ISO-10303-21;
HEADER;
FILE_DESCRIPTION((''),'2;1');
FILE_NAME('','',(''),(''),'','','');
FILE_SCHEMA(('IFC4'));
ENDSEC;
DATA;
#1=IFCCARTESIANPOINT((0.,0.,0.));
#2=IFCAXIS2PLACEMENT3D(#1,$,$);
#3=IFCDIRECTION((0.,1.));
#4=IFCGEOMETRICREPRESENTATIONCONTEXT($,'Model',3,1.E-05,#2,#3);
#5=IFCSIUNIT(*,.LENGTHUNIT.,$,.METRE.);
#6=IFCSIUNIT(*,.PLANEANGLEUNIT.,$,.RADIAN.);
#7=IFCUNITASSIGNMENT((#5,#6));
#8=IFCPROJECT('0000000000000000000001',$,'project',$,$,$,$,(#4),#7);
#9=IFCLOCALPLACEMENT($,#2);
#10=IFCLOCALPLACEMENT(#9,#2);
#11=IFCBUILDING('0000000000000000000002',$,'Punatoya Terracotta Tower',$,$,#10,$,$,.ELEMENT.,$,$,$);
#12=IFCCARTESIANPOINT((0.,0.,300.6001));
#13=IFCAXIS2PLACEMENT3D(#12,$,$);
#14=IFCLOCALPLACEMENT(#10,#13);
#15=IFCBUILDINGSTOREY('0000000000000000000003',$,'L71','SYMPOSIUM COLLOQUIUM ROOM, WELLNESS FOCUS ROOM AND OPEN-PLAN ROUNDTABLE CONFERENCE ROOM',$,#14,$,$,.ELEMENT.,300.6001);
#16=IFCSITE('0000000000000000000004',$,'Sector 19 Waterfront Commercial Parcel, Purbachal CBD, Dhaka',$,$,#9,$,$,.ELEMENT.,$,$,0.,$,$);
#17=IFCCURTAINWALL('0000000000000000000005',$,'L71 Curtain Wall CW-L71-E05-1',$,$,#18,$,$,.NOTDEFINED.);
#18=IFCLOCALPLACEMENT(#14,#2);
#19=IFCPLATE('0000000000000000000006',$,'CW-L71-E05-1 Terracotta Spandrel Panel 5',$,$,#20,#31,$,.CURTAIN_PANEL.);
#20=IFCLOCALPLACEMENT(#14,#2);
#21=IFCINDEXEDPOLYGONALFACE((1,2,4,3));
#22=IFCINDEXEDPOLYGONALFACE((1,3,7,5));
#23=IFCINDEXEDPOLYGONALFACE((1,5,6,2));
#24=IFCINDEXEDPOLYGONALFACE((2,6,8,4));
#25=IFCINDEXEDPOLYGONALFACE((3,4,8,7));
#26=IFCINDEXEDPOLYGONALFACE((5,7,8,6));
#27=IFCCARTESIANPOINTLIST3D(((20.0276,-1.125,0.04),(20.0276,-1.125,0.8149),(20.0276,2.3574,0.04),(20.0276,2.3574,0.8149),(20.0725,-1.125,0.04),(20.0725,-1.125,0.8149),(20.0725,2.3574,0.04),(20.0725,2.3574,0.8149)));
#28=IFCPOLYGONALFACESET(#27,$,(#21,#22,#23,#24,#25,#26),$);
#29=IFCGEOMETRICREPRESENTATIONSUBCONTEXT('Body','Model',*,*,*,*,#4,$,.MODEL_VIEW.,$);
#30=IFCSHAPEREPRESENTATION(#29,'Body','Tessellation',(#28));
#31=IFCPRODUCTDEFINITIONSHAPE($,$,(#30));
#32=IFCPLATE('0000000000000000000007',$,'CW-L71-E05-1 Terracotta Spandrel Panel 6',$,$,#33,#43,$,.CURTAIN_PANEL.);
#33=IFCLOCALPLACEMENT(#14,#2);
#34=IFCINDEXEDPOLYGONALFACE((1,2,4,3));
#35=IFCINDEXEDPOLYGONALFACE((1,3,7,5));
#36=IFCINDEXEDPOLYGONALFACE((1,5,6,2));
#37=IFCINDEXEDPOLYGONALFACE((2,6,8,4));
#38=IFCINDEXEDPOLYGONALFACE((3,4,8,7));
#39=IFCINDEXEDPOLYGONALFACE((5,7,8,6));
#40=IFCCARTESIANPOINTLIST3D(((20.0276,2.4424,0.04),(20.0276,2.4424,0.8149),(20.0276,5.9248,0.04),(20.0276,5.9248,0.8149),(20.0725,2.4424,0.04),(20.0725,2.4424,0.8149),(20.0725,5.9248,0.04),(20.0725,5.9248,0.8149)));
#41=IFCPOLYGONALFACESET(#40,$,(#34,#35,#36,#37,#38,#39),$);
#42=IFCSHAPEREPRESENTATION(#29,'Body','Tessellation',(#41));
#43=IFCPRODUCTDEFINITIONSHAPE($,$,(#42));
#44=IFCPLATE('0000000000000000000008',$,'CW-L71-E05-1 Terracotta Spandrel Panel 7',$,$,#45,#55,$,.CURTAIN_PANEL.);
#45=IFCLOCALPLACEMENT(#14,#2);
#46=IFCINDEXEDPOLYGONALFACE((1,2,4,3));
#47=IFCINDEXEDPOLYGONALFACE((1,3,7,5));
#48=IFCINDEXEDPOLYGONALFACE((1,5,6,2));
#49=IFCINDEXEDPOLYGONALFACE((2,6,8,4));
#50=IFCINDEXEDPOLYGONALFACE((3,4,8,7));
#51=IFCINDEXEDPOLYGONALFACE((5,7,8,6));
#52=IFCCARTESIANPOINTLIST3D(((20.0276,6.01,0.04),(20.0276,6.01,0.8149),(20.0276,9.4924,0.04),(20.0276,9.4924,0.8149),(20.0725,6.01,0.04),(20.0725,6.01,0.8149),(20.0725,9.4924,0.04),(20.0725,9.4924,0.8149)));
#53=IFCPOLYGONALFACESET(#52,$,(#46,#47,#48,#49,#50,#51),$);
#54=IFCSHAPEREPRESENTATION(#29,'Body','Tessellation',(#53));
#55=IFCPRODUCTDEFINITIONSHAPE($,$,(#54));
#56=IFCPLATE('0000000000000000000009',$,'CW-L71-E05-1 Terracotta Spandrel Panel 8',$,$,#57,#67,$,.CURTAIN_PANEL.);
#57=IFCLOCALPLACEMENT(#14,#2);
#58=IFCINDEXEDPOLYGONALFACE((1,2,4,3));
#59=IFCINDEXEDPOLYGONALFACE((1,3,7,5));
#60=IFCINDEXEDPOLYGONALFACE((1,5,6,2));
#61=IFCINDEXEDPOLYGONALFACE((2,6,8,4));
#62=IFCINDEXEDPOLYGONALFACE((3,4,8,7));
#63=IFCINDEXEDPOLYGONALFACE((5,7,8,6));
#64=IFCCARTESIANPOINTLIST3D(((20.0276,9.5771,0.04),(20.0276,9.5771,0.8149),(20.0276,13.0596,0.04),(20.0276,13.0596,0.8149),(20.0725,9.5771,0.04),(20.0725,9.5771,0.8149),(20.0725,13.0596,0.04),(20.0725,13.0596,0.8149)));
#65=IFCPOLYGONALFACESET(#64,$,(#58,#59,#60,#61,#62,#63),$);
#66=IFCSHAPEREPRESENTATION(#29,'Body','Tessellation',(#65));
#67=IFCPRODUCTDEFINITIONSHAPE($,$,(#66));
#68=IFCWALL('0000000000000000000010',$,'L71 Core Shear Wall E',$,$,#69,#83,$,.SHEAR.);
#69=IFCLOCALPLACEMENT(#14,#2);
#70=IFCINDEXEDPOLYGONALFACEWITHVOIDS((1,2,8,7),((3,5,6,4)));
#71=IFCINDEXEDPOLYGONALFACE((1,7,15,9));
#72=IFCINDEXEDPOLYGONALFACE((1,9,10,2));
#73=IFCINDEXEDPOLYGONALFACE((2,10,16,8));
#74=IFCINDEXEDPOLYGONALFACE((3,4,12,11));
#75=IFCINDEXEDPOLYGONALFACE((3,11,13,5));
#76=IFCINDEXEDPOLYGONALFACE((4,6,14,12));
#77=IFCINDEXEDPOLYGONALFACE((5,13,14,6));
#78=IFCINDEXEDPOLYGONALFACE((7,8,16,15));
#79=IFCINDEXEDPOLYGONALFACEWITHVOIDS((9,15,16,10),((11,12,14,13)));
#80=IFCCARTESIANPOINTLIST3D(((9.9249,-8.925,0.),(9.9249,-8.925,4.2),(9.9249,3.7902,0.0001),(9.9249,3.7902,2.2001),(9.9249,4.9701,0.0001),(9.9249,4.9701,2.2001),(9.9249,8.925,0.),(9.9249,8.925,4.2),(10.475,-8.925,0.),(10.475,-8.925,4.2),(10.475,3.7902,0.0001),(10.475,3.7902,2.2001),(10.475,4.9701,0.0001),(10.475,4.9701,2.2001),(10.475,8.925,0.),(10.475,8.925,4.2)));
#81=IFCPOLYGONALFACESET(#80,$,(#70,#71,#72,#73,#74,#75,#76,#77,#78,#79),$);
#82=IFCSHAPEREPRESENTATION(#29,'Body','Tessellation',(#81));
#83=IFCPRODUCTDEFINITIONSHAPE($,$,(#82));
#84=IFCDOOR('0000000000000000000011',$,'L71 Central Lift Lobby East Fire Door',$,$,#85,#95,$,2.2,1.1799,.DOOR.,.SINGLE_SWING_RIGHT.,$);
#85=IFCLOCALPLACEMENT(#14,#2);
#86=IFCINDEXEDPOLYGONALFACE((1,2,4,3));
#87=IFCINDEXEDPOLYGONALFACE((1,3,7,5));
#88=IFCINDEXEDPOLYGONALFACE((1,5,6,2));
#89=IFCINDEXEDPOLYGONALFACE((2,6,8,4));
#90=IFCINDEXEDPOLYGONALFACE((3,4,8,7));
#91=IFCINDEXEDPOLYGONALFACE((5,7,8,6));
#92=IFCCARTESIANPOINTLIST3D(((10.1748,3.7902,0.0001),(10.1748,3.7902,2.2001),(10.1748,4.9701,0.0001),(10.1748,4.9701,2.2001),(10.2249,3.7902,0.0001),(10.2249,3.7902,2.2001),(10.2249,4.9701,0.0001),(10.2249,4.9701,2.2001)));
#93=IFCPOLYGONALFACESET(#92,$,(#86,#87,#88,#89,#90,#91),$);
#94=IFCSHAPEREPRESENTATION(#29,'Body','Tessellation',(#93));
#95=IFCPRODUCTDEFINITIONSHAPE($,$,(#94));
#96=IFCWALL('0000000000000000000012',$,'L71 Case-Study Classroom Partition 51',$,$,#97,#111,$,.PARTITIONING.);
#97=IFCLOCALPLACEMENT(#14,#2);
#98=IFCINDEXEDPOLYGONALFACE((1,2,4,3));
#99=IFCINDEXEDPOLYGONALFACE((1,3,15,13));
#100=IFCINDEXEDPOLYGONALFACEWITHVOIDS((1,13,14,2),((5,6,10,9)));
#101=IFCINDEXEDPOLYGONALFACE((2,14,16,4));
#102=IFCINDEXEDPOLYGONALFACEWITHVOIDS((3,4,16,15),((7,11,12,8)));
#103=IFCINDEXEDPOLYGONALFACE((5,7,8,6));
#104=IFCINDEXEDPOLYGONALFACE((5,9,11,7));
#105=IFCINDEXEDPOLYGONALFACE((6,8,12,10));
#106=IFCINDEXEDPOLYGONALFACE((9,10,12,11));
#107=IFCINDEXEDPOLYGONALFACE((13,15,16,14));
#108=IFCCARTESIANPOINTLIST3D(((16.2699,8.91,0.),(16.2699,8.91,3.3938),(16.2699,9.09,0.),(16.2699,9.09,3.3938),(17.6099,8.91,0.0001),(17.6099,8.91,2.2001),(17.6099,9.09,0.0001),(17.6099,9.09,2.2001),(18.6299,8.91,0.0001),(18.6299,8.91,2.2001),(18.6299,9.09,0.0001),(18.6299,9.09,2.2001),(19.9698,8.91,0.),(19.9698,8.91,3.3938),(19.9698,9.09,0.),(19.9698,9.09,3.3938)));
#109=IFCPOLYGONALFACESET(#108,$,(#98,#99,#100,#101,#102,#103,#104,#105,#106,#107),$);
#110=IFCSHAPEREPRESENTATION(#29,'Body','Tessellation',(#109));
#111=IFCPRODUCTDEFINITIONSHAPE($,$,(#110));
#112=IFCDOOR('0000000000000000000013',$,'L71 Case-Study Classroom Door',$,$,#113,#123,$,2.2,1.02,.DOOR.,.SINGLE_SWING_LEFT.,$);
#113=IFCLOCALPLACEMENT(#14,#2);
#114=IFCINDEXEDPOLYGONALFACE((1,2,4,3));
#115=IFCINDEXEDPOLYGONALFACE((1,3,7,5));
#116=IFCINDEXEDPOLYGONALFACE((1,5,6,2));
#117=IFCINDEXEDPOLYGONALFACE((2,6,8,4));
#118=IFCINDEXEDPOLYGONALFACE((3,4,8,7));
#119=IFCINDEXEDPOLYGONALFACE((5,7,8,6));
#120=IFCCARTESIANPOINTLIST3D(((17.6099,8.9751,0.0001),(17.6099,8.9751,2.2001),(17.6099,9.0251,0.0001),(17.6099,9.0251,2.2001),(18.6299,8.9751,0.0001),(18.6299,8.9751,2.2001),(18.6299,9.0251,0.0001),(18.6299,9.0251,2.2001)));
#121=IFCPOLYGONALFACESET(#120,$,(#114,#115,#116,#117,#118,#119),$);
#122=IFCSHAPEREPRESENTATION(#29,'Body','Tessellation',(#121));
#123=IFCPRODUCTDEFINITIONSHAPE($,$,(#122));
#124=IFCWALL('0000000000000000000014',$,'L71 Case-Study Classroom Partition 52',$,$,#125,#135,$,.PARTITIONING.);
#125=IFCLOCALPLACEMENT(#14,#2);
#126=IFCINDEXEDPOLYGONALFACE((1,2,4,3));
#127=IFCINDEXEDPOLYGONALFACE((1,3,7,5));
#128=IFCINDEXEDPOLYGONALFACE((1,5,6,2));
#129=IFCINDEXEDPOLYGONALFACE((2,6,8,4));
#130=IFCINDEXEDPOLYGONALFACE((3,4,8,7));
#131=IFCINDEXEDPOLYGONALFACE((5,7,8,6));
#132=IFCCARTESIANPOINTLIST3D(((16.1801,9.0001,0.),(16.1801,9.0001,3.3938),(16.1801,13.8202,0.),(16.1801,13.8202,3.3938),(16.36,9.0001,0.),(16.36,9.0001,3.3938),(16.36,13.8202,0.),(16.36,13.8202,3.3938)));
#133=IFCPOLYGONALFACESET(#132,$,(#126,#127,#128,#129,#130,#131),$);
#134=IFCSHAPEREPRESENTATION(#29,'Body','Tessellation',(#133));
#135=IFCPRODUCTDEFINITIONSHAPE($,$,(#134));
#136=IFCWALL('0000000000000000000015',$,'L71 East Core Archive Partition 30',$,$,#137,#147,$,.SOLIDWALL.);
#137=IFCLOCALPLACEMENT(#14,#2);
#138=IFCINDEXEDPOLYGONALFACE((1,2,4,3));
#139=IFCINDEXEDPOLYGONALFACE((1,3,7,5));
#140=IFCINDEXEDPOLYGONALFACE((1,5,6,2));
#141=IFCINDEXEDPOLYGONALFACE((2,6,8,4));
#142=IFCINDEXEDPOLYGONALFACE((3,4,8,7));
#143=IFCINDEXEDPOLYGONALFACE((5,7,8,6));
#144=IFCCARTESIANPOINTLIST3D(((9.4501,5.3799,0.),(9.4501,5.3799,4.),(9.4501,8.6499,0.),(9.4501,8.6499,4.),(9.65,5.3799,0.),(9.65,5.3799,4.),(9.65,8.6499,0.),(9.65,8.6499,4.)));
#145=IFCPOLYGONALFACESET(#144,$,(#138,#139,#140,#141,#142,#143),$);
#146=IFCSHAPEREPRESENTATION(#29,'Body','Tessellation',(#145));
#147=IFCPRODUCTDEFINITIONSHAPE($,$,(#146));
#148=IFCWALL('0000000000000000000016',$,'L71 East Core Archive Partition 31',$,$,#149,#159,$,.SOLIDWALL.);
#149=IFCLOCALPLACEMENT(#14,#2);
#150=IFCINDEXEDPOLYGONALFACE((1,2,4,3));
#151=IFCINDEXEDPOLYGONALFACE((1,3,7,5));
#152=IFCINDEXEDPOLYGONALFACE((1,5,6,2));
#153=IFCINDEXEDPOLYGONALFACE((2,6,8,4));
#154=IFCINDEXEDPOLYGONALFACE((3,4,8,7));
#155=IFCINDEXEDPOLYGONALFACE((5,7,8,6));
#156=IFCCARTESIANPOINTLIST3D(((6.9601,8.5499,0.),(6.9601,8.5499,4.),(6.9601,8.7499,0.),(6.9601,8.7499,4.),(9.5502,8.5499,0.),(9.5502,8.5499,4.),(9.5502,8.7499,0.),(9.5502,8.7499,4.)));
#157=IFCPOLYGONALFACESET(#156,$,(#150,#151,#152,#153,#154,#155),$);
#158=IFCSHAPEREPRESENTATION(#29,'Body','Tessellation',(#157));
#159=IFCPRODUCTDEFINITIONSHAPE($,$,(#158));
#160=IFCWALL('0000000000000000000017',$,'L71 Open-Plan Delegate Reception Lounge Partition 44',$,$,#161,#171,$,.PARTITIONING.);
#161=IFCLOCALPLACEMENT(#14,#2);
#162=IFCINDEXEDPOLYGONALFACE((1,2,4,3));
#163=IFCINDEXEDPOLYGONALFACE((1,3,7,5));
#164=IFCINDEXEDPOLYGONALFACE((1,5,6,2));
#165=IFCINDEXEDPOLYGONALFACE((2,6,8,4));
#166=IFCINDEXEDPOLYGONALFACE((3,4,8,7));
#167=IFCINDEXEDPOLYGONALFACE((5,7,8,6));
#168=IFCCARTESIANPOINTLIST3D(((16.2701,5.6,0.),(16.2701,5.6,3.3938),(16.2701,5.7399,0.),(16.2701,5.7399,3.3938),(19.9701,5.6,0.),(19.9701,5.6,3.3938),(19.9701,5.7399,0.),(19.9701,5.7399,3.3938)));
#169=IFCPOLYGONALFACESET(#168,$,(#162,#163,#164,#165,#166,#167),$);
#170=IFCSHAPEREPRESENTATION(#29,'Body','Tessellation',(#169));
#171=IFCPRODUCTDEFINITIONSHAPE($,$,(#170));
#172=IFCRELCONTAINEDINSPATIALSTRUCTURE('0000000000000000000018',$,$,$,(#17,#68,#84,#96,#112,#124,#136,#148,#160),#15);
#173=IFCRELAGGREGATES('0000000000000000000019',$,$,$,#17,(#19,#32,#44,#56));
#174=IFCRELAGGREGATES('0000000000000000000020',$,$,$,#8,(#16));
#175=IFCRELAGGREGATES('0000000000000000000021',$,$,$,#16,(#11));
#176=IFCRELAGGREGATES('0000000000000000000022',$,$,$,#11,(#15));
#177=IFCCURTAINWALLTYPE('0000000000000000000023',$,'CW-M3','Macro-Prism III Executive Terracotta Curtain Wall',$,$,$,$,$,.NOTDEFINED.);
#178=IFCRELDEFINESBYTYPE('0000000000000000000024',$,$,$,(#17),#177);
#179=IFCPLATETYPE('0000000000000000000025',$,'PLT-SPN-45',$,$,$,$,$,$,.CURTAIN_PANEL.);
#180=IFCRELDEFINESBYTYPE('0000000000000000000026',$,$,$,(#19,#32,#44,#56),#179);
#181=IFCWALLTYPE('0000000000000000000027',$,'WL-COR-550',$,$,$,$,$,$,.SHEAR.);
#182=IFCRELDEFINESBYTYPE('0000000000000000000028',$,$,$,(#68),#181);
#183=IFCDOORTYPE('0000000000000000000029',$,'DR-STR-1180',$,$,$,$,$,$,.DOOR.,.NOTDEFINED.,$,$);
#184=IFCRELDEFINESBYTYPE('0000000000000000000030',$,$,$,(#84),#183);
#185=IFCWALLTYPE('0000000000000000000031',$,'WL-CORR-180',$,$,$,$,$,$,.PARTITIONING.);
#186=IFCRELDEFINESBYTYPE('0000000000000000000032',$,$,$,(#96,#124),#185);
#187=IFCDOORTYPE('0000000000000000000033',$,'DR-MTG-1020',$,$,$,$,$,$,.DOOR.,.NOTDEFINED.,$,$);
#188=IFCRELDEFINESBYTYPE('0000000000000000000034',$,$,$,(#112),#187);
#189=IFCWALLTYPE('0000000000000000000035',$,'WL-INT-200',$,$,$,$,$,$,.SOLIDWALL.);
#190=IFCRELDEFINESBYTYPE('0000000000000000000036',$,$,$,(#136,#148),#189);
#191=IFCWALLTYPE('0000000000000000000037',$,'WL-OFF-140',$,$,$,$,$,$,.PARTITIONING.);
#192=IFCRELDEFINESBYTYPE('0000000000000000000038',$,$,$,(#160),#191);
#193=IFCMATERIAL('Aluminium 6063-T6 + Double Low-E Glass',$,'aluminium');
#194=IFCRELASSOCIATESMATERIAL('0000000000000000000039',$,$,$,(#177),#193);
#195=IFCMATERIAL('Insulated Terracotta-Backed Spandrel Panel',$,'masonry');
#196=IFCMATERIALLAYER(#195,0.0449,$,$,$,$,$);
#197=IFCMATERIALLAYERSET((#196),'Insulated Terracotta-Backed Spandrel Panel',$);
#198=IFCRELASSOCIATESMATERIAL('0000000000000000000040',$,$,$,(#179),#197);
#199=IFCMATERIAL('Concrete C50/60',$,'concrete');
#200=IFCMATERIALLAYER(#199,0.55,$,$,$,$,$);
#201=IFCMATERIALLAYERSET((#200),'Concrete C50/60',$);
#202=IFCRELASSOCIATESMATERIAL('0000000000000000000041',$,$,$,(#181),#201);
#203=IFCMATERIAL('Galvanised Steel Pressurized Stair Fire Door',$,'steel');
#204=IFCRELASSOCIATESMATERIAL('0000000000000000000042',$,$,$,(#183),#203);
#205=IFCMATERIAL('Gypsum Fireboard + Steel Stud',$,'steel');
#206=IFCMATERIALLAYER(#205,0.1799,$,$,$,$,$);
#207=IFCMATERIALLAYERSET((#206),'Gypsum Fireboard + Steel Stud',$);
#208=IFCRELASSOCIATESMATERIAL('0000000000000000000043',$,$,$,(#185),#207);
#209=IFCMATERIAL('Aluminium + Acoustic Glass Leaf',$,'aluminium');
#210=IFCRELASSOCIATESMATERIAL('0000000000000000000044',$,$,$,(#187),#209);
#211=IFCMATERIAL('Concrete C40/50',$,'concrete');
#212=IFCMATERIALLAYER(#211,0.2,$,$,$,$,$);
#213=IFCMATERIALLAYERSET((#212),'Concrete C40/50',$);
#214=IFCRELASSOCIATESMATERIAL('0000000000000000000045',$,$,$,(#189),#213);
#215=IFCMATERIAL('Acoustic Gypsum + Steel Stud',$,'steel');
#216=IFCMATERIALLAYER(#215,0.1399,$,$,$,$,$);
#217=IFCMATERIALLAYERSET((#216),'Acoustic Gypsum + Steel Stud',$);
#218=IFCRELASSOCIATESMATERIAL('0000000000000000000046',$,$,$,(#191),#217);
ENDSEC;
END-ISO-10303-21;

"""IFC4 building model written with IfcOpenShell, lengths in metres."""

from ifc_helpers import new_model, si_unit, direction, frame, frame_2d, origin, origin_2d, place, context, subcontext, project, spatial, rectangle, extrude, material, layer, layer_set, type_object, element, fill, aggregate, save


model = new_model("IFC4")

# Units and contexts
model_context = context("Model", 3, precision=1e-05, world=origin(), true_north=direction((0.0, 1.0)))
body_context = subcontext(model_context, "Body", "Model", "MODEL_VIEW")
ifc_project = project(units=[si_unit("LENGTHUNIT", "METRE"), si_unit("PLANEANGLEUNIT", "RADIAN")], contexts=[model_context])

# Site, building, storey
site_placement = place(None, origin())
site = spatial("IfcSite", under=ifc_project, at=site_placement, Name="Sector 19 Waterfront Commercial Parcel, Purbachal CBD, Dhaka", CompositionType="ELEMENT", RefElevation=0.0)
building_placement = place(site_placement, origin())
building = spatial("IfcBuilding", under=site, at=building_placement, Name="Punatoya Terracotta Tower", CompositionType="ELEMENT")
storey_placement = place(building_placement, frame((0.0, 0.0, 300.6001)))
storey = spatial("IfcBuildingStorey", under=building, at=storey_placement, Name="L71", Description="SYMPOSIUM COLLOQUIUM ROOM, WELLNESS FOCUS ROOM AND OPEN-PLAN ROUNDTABLE CONFERENCE ROOM", CompositionType="ELEMENT", Elevation=300.6001)

# Curtain wall, plates
ifc_material_1 = material(Name="Aluminium 6063-T6 + Double Low-E Glass", Category="aluminium")
curtain_wall_type = type_object("IfcCurtainWallType", Name="CW-M3", Description="Macro-Prism III Executive Terracotta Curtain Wall", PredefinedType="NOTDEFINED", material=ifc_material_1)
curtain_wall_placement = place(storey_placement, origin())
curtain_wall = element("IfcCurtainWall", 1, at=curtain_wall_placement, inside=storey, type_object=curtain_wall_type, Name="L71 Curtain Wall CW-L71-E05-1", PredefinedType="NOTDEFINED")
ifc_material_2 = material(Name="Insulated Terracotta-Backed Spandrel Panel", Category="masonry")
ifc_layer_1 = layer(ifc_material_2, 0.0449)
ifc_layer_set_1 = layer_set([ifc_layer_1], Name="Insulated Terracotta-Backed Spandrel Panel")
plate_type_1 = type_object("IfcPlateType", Name="PLT-SPN-45", PredefinedType="CURTAIN_PANEL", material=ifc_layer_set_1)
plate_1_placement = place(storey_placement, frame((20.05, 0.6162, 0.04), z_axis=(0.0, 0.0, 1.0), x_axis=(0.0, 1.0, 0.0)))
plate_1 = element("IfcPlate", 2, at=plate_1_placement, type_object=plate_type_1, Name="CW-L71-E05-1 Terracotta Spandrel Panel 5", PredefinedType="CURTAIN_PANEL", context=body_context, shape_type="SweptSolid", body=[
    extrude(rectangle(XDim=3.4824, YDim=0.0449, at=origin_2d()), origin(), (0.0, 0.0, 1.0), 0.7749),
])
plate_2_placement = place(storey_placement, frame((20.05, 4.1836, 0.04), z_axis=(0.0, 0.0, 1.0), x_axis=(0.0, 1.0, 0.0)))
plate_2 = element("IfcPlate", 3, at=plate_2_placement, type_object=plate_type_1, Name="CW-L71-E05-1 Terracotta Spandrel Panel 6", PredefinedType="CURTAIN_PANEL", context=body_context, shape_type="SweptSolid", body=[
    extrude(rectangle(XDim=3.4824, YDim=0.0449, at=origin_2d()), origin(), (0.0, 0.0, 1.0), 0.7749),
])
plate_3_placement = place(storey_placement, frame((20.05, 7.7512, 0.04), z_axis=(0.0, 0.0, 1.0), x_axis=(0.0, 1.0, 0.0)))
plate_3 = element("IfcPlate", 4, at=plate_3_placement, type_object=plate_type_1, Name="CW-L71-E05-1 Terracotta Spandrel Panel 7", PredefinedType="CURTAIN_PANEL", context=body_context, shape_type="SweptSolid", body=[
    extrude(rectangle(XDim=3.4824, YDim=0.0449, at=origin_2d()), origin(), (0.0, 0.0, 1.0), 0.7749),
])
plate_4_placement = place(storey_placement, frame((20.05, 11.3184, 0.04), z_axis=(0.0, 0.0, 1.0), x_axis=(0.0, 1.0, 0.0)))
plate_4 = element("IfcPlate", 5, at=plate_4_placement, type_object=plate_type_1, Name="CW-L71-E05-1 Terracotta Spandrel Panel 8", PredefinedType="CURTAIN_PANEL", context=body_context, shape_type="SweptSolid", body=[
    extrude(rectangle(XDim=3.4824, YDim=0.0449, at=origin_2d()), origin(), (0.0, 0.0, 1.0), 0.7749),
])
aggregate(curtain_wall, [plate_1, plate_2, plate_3, plate_4])

# Walls, openings, doors
ifc_material_3 = material(Name="Concrete C50/60", Category="concrete")
ifc_layer_2 = layer(ifc_material_3, 0.55)
ifc_layer_set_2 = layer_set([ifc_layer_2], Name="Concrete C50/60")
wall_type_1 = type_object("IfcWallType", Name="WL-COR-550", PredefinedType="SHEAR", material=ifc_layer_set_2)
wall_1_placement = place(storey_placement, frame((10.2, 8.925, 0.0), z_axis=(0.0, 0.0, 1.0), x_axis=(0.0, -1.0, 0.0)))
wall_1 = element("IfcWall", 6, at=wall_1_placement, inside=storey, type_object=wall_type_1, Name="L71 Core Shear Wall E", PredefinedType="SHEAR", context=body_context, shape_type="SweptSolid", body=[
    extrude(rectangle(XDim=17.8501, YDim=0.55, at=frame_2d((8.925, 0.0))), origin(), (0.0, 0.0, 1.0), 4.2),
])
opening_1_placement = place(wall_1_placement, frame((3.9551, 0.0, 0.0)))
opening_1 = element("IfcOpeningElement", 7, at=opening_1_placement, cuts=wall_1, PredefinedType="OPENING", context=body_context, shape_type="SweptSolid", body=[
    extrude(rectangle(XDim=1.1799, YDim=2.2, at=frame_2d((0.5898, 1.1001))), frame((0.0, 0.2849, 0.0), z_axis=(0.0, -1.0, 0.0), x_axis=(1.0, 0.0, 0.0)), (0.0, 0.0, 1.0), 0.5701),
])
ifc_material_4 = material(Name="Galvanised Steel Pressurized Stair Fire Door", Category="steel")
door_type_1 = type_object("IfcDoorType", Name="DR-STR-1180", OperationType="NOTDEFINED", PredefinedType="DOOR", material=ifc_material_4)
door_1_placement = place(opening_1_placement, origin())
door_1 = element("IfcDoor", 8, at=door_1_placement, inside=storey, type_object=door_type_1, Name="L71 Central Lift Lobby East Fire Door", OperationType="SINGLE_SWING_RIGHT", OverallHeight=2.2, OverallWidth=1.1799, PredefinedType="DOOR", context=body_context, shape_type="SweptSolid", body=[
    extrude(rectangle(XDim=1.1799, YDim=2.2, at=frame_2d((0.5898, 1.1001))), frame((0.0, 0.0249, 0.0), z_axis=(0.0, -1.0, 0.0), x_axis=(1.0, 0.0, 0.0)), (0.0, 0.0, 1.0), 0.05),
])
fill(opening_1, door_1)
ifc_material_5 = material(Name="Gypsum Fireboard + Steel Stud", Category="steel")
ifc_layer_3 = layer(ifc_material_5, 0.1799)
ifc_layer_set_3 = layer_set([ifc_layer_3], Name="Gypsum Fireboard + Steel Stud")
wall_type_2 = type_object("IfcWallType", Name="WL-CORR-180", PredefinedType="PARTITIONING", material=ifc_layer_set_3)
wall_2_placement = place(storey_placement, frame((19.97, 9.0, 0.0), z_axis=(0.0, 0.0, 1.0), x_axis=(-1.0, 0.0, 0.0)))
wall_2 = element("IfcWall", 9, at=wall_2_placement, inside=storey, type_object=wall_type_2, Name="L71 Case-Study Classroom Partition 51", PredefinedType="PARTITIONING", context=body_context, shape_type="SweptSolid", body=[
    extrude(rectangle(XDim=3.7, YDim=0.1799, at=frame_2d((1.8501, 0.0))), origin(), (0.0, 0.0, 1.0), 3.3938),
])
opening_2_placement = place(wall_2_placement, frame((1.3401, 0.0, 0.0)))
opening_2 = element("IfcOpeningElement", 10, at=opening_2_placement, cuts=wall_2, PredefinedType="OPENING", context=body_context, shape_type="SweptSolid", body=[
    extrude(rectangle(XDim=1.02, YDim=2.2, at=frame_2d((0.51, 1.1001))), frame((0.0, 0.0999, 0.0), z_axis=(0.0, -1.0, 0.0), x_axis=(1.0, 0.0, 0.0)), (0.0, 0.0, 1.0), 0.2),
])
ifc_material_6 = material(Name="Aluminium + Acoustic Glass Leaf", Category="aluminium")
door_type_2 = type_object("IfcDoorType", Name="DR-MTG-1020", OperationType="NOTDEFINED", PredefinedType="DOOR", material=ifc_material_6)
door_2_placement = place(opening_2_placement, origin())
door_2 = element("IfcDoor", 11, at=door_2_placement, inside=storey, type_object=door_type_2, Name="L71 Case-Study Classroom Door", OperationType="SINGLE_SWING_LEFT", OverallHeight=2.2, OverallWidth=1.02, PredefinedType="DOOR", context=body_context, shape_type="SweptSolid", body=[
    extrude(rectangle(XDim=1.02, YDim=2.2, at=frame_2d((0.51, 1.1001))), frame((0.0, 0.0249, 0.0), z_axis=(0.0, -1.0, 0.0), x_axis=(1.0, 0.0, 0.0)), (0.0, 0.0, 1.0), 0.05),
])
fill(opening_2, door_2)

# Walls
wall_3_placement = place(storey_placement, frame((16.27, 9.0, 0.0), z_axis=(0.0, 0.0, 1.0), x_axis=(0.0, 1.0, 0.0)))
element("IfcWall", 12, at=wall_3_placement, inside=storey, type_object=wall_type_2, Name="L71 Case-Study Classroom Partition 52", PredefinedType="PARTITIONING", context=body_context, shape_type="SweptSolid", body=[
    extrude(rectangle(XDim=4.8201, YDim=0.1799, at=frame_2d((2.4102, 0.0))), origin(), (0.0, 0.0, 1.0), 3.3938),
])
ifc_material_7 = material(Name="Concrete C40/50", Category="concrete")
ifc_layer_4 = layer(ifc_material_7, 0.2)
ifc_layer_set_4 = layer_set([ifc_layer_4], Name="Concrete C40/50")
wall_type_3 = type_object("IfcWallType", Name="WL-INT-200", PredefinedType="SOLIDWALL", material=ifc_layer_set_4)
wall_4_placement = place(storey_placement, frame((9.55, 5.3799, 0.0), z_axis=(0.0, 0.0, 1.0), x_axis=(0.0, 1.0, 0.0)))
element("IfcWall", 13, at=wall_4_placement, inside=storey, type_object=wall_type_3, Name="L71 East Core Archive Partition 30", PredefinedType="SOLIDWALL", context=body_context, shape_type="SweptSolid", body=[
    extrude(rectangle(XDim=3.27, YDim=0.2, at=frame_2d((1.635, 0.0))), origin(), (0.0, 0.0, 1.0), 4.0),
])
wall_5_placement = place(storey_placement, frame((9.55, 8.6499, 0.0), z_axis=(0.0, 0.0, 1.0), x_axis=(-1.0, 0.0, 0.0)))
element("IfcWall", 14, at=wall_5_placement, inside=storey, type_object=wall_type_3, Name="L71 East Core Archive Partition 31", PredefinedType="SOLIDWALL", context=body_context, shape_type="SweptSolid", body=[
    extrude(rectangle(XDim=2.5901, YDim=0.2, at=frame_2d((1.2949, 0.0))), origin(), (0.0, 0.0, 1.0), 4.0),
])
ifc_material_8 = material(Name="Acoustic Gypsum + Steel Stud", Category="steel")
ifc_layer_5 = layer(ifc_material_8, 0.1399)
ifc_layer_set_5 = layer_set([ifc_layer_5], Name="Acoustic Gypsum + Steel Stud")
wall_type_4 = type_object("IfcWallType", Name="WL-OFF-140", PredefinedType="PARTITIONING", material=ifc_layer_set_5)
wall_6_placement = place(storey_placement, frame((16.27, 5.6699, 0.0), z_axis=(0.0, 0.0, 1.0), x_axis=(1.0, 0.0, 0.0)))
element("IfcWall", 15, at=wall_6_placement, inside=storey, type_object=wall_type_4, Name="L71 Open-Plan Delegate Reception Lounge Partition 44", PredefinedType="PARTITIONING", context=body_context, shape_type="SweptSolid", body=[
    extrude(rectangle(XDim=3.7, YDim=0.1399, at=frame_2d((1.8501, 0.0))), origin(), (0.0, 0.0, 1.0), 3.3938),
])

save(model, "model.ifc")
